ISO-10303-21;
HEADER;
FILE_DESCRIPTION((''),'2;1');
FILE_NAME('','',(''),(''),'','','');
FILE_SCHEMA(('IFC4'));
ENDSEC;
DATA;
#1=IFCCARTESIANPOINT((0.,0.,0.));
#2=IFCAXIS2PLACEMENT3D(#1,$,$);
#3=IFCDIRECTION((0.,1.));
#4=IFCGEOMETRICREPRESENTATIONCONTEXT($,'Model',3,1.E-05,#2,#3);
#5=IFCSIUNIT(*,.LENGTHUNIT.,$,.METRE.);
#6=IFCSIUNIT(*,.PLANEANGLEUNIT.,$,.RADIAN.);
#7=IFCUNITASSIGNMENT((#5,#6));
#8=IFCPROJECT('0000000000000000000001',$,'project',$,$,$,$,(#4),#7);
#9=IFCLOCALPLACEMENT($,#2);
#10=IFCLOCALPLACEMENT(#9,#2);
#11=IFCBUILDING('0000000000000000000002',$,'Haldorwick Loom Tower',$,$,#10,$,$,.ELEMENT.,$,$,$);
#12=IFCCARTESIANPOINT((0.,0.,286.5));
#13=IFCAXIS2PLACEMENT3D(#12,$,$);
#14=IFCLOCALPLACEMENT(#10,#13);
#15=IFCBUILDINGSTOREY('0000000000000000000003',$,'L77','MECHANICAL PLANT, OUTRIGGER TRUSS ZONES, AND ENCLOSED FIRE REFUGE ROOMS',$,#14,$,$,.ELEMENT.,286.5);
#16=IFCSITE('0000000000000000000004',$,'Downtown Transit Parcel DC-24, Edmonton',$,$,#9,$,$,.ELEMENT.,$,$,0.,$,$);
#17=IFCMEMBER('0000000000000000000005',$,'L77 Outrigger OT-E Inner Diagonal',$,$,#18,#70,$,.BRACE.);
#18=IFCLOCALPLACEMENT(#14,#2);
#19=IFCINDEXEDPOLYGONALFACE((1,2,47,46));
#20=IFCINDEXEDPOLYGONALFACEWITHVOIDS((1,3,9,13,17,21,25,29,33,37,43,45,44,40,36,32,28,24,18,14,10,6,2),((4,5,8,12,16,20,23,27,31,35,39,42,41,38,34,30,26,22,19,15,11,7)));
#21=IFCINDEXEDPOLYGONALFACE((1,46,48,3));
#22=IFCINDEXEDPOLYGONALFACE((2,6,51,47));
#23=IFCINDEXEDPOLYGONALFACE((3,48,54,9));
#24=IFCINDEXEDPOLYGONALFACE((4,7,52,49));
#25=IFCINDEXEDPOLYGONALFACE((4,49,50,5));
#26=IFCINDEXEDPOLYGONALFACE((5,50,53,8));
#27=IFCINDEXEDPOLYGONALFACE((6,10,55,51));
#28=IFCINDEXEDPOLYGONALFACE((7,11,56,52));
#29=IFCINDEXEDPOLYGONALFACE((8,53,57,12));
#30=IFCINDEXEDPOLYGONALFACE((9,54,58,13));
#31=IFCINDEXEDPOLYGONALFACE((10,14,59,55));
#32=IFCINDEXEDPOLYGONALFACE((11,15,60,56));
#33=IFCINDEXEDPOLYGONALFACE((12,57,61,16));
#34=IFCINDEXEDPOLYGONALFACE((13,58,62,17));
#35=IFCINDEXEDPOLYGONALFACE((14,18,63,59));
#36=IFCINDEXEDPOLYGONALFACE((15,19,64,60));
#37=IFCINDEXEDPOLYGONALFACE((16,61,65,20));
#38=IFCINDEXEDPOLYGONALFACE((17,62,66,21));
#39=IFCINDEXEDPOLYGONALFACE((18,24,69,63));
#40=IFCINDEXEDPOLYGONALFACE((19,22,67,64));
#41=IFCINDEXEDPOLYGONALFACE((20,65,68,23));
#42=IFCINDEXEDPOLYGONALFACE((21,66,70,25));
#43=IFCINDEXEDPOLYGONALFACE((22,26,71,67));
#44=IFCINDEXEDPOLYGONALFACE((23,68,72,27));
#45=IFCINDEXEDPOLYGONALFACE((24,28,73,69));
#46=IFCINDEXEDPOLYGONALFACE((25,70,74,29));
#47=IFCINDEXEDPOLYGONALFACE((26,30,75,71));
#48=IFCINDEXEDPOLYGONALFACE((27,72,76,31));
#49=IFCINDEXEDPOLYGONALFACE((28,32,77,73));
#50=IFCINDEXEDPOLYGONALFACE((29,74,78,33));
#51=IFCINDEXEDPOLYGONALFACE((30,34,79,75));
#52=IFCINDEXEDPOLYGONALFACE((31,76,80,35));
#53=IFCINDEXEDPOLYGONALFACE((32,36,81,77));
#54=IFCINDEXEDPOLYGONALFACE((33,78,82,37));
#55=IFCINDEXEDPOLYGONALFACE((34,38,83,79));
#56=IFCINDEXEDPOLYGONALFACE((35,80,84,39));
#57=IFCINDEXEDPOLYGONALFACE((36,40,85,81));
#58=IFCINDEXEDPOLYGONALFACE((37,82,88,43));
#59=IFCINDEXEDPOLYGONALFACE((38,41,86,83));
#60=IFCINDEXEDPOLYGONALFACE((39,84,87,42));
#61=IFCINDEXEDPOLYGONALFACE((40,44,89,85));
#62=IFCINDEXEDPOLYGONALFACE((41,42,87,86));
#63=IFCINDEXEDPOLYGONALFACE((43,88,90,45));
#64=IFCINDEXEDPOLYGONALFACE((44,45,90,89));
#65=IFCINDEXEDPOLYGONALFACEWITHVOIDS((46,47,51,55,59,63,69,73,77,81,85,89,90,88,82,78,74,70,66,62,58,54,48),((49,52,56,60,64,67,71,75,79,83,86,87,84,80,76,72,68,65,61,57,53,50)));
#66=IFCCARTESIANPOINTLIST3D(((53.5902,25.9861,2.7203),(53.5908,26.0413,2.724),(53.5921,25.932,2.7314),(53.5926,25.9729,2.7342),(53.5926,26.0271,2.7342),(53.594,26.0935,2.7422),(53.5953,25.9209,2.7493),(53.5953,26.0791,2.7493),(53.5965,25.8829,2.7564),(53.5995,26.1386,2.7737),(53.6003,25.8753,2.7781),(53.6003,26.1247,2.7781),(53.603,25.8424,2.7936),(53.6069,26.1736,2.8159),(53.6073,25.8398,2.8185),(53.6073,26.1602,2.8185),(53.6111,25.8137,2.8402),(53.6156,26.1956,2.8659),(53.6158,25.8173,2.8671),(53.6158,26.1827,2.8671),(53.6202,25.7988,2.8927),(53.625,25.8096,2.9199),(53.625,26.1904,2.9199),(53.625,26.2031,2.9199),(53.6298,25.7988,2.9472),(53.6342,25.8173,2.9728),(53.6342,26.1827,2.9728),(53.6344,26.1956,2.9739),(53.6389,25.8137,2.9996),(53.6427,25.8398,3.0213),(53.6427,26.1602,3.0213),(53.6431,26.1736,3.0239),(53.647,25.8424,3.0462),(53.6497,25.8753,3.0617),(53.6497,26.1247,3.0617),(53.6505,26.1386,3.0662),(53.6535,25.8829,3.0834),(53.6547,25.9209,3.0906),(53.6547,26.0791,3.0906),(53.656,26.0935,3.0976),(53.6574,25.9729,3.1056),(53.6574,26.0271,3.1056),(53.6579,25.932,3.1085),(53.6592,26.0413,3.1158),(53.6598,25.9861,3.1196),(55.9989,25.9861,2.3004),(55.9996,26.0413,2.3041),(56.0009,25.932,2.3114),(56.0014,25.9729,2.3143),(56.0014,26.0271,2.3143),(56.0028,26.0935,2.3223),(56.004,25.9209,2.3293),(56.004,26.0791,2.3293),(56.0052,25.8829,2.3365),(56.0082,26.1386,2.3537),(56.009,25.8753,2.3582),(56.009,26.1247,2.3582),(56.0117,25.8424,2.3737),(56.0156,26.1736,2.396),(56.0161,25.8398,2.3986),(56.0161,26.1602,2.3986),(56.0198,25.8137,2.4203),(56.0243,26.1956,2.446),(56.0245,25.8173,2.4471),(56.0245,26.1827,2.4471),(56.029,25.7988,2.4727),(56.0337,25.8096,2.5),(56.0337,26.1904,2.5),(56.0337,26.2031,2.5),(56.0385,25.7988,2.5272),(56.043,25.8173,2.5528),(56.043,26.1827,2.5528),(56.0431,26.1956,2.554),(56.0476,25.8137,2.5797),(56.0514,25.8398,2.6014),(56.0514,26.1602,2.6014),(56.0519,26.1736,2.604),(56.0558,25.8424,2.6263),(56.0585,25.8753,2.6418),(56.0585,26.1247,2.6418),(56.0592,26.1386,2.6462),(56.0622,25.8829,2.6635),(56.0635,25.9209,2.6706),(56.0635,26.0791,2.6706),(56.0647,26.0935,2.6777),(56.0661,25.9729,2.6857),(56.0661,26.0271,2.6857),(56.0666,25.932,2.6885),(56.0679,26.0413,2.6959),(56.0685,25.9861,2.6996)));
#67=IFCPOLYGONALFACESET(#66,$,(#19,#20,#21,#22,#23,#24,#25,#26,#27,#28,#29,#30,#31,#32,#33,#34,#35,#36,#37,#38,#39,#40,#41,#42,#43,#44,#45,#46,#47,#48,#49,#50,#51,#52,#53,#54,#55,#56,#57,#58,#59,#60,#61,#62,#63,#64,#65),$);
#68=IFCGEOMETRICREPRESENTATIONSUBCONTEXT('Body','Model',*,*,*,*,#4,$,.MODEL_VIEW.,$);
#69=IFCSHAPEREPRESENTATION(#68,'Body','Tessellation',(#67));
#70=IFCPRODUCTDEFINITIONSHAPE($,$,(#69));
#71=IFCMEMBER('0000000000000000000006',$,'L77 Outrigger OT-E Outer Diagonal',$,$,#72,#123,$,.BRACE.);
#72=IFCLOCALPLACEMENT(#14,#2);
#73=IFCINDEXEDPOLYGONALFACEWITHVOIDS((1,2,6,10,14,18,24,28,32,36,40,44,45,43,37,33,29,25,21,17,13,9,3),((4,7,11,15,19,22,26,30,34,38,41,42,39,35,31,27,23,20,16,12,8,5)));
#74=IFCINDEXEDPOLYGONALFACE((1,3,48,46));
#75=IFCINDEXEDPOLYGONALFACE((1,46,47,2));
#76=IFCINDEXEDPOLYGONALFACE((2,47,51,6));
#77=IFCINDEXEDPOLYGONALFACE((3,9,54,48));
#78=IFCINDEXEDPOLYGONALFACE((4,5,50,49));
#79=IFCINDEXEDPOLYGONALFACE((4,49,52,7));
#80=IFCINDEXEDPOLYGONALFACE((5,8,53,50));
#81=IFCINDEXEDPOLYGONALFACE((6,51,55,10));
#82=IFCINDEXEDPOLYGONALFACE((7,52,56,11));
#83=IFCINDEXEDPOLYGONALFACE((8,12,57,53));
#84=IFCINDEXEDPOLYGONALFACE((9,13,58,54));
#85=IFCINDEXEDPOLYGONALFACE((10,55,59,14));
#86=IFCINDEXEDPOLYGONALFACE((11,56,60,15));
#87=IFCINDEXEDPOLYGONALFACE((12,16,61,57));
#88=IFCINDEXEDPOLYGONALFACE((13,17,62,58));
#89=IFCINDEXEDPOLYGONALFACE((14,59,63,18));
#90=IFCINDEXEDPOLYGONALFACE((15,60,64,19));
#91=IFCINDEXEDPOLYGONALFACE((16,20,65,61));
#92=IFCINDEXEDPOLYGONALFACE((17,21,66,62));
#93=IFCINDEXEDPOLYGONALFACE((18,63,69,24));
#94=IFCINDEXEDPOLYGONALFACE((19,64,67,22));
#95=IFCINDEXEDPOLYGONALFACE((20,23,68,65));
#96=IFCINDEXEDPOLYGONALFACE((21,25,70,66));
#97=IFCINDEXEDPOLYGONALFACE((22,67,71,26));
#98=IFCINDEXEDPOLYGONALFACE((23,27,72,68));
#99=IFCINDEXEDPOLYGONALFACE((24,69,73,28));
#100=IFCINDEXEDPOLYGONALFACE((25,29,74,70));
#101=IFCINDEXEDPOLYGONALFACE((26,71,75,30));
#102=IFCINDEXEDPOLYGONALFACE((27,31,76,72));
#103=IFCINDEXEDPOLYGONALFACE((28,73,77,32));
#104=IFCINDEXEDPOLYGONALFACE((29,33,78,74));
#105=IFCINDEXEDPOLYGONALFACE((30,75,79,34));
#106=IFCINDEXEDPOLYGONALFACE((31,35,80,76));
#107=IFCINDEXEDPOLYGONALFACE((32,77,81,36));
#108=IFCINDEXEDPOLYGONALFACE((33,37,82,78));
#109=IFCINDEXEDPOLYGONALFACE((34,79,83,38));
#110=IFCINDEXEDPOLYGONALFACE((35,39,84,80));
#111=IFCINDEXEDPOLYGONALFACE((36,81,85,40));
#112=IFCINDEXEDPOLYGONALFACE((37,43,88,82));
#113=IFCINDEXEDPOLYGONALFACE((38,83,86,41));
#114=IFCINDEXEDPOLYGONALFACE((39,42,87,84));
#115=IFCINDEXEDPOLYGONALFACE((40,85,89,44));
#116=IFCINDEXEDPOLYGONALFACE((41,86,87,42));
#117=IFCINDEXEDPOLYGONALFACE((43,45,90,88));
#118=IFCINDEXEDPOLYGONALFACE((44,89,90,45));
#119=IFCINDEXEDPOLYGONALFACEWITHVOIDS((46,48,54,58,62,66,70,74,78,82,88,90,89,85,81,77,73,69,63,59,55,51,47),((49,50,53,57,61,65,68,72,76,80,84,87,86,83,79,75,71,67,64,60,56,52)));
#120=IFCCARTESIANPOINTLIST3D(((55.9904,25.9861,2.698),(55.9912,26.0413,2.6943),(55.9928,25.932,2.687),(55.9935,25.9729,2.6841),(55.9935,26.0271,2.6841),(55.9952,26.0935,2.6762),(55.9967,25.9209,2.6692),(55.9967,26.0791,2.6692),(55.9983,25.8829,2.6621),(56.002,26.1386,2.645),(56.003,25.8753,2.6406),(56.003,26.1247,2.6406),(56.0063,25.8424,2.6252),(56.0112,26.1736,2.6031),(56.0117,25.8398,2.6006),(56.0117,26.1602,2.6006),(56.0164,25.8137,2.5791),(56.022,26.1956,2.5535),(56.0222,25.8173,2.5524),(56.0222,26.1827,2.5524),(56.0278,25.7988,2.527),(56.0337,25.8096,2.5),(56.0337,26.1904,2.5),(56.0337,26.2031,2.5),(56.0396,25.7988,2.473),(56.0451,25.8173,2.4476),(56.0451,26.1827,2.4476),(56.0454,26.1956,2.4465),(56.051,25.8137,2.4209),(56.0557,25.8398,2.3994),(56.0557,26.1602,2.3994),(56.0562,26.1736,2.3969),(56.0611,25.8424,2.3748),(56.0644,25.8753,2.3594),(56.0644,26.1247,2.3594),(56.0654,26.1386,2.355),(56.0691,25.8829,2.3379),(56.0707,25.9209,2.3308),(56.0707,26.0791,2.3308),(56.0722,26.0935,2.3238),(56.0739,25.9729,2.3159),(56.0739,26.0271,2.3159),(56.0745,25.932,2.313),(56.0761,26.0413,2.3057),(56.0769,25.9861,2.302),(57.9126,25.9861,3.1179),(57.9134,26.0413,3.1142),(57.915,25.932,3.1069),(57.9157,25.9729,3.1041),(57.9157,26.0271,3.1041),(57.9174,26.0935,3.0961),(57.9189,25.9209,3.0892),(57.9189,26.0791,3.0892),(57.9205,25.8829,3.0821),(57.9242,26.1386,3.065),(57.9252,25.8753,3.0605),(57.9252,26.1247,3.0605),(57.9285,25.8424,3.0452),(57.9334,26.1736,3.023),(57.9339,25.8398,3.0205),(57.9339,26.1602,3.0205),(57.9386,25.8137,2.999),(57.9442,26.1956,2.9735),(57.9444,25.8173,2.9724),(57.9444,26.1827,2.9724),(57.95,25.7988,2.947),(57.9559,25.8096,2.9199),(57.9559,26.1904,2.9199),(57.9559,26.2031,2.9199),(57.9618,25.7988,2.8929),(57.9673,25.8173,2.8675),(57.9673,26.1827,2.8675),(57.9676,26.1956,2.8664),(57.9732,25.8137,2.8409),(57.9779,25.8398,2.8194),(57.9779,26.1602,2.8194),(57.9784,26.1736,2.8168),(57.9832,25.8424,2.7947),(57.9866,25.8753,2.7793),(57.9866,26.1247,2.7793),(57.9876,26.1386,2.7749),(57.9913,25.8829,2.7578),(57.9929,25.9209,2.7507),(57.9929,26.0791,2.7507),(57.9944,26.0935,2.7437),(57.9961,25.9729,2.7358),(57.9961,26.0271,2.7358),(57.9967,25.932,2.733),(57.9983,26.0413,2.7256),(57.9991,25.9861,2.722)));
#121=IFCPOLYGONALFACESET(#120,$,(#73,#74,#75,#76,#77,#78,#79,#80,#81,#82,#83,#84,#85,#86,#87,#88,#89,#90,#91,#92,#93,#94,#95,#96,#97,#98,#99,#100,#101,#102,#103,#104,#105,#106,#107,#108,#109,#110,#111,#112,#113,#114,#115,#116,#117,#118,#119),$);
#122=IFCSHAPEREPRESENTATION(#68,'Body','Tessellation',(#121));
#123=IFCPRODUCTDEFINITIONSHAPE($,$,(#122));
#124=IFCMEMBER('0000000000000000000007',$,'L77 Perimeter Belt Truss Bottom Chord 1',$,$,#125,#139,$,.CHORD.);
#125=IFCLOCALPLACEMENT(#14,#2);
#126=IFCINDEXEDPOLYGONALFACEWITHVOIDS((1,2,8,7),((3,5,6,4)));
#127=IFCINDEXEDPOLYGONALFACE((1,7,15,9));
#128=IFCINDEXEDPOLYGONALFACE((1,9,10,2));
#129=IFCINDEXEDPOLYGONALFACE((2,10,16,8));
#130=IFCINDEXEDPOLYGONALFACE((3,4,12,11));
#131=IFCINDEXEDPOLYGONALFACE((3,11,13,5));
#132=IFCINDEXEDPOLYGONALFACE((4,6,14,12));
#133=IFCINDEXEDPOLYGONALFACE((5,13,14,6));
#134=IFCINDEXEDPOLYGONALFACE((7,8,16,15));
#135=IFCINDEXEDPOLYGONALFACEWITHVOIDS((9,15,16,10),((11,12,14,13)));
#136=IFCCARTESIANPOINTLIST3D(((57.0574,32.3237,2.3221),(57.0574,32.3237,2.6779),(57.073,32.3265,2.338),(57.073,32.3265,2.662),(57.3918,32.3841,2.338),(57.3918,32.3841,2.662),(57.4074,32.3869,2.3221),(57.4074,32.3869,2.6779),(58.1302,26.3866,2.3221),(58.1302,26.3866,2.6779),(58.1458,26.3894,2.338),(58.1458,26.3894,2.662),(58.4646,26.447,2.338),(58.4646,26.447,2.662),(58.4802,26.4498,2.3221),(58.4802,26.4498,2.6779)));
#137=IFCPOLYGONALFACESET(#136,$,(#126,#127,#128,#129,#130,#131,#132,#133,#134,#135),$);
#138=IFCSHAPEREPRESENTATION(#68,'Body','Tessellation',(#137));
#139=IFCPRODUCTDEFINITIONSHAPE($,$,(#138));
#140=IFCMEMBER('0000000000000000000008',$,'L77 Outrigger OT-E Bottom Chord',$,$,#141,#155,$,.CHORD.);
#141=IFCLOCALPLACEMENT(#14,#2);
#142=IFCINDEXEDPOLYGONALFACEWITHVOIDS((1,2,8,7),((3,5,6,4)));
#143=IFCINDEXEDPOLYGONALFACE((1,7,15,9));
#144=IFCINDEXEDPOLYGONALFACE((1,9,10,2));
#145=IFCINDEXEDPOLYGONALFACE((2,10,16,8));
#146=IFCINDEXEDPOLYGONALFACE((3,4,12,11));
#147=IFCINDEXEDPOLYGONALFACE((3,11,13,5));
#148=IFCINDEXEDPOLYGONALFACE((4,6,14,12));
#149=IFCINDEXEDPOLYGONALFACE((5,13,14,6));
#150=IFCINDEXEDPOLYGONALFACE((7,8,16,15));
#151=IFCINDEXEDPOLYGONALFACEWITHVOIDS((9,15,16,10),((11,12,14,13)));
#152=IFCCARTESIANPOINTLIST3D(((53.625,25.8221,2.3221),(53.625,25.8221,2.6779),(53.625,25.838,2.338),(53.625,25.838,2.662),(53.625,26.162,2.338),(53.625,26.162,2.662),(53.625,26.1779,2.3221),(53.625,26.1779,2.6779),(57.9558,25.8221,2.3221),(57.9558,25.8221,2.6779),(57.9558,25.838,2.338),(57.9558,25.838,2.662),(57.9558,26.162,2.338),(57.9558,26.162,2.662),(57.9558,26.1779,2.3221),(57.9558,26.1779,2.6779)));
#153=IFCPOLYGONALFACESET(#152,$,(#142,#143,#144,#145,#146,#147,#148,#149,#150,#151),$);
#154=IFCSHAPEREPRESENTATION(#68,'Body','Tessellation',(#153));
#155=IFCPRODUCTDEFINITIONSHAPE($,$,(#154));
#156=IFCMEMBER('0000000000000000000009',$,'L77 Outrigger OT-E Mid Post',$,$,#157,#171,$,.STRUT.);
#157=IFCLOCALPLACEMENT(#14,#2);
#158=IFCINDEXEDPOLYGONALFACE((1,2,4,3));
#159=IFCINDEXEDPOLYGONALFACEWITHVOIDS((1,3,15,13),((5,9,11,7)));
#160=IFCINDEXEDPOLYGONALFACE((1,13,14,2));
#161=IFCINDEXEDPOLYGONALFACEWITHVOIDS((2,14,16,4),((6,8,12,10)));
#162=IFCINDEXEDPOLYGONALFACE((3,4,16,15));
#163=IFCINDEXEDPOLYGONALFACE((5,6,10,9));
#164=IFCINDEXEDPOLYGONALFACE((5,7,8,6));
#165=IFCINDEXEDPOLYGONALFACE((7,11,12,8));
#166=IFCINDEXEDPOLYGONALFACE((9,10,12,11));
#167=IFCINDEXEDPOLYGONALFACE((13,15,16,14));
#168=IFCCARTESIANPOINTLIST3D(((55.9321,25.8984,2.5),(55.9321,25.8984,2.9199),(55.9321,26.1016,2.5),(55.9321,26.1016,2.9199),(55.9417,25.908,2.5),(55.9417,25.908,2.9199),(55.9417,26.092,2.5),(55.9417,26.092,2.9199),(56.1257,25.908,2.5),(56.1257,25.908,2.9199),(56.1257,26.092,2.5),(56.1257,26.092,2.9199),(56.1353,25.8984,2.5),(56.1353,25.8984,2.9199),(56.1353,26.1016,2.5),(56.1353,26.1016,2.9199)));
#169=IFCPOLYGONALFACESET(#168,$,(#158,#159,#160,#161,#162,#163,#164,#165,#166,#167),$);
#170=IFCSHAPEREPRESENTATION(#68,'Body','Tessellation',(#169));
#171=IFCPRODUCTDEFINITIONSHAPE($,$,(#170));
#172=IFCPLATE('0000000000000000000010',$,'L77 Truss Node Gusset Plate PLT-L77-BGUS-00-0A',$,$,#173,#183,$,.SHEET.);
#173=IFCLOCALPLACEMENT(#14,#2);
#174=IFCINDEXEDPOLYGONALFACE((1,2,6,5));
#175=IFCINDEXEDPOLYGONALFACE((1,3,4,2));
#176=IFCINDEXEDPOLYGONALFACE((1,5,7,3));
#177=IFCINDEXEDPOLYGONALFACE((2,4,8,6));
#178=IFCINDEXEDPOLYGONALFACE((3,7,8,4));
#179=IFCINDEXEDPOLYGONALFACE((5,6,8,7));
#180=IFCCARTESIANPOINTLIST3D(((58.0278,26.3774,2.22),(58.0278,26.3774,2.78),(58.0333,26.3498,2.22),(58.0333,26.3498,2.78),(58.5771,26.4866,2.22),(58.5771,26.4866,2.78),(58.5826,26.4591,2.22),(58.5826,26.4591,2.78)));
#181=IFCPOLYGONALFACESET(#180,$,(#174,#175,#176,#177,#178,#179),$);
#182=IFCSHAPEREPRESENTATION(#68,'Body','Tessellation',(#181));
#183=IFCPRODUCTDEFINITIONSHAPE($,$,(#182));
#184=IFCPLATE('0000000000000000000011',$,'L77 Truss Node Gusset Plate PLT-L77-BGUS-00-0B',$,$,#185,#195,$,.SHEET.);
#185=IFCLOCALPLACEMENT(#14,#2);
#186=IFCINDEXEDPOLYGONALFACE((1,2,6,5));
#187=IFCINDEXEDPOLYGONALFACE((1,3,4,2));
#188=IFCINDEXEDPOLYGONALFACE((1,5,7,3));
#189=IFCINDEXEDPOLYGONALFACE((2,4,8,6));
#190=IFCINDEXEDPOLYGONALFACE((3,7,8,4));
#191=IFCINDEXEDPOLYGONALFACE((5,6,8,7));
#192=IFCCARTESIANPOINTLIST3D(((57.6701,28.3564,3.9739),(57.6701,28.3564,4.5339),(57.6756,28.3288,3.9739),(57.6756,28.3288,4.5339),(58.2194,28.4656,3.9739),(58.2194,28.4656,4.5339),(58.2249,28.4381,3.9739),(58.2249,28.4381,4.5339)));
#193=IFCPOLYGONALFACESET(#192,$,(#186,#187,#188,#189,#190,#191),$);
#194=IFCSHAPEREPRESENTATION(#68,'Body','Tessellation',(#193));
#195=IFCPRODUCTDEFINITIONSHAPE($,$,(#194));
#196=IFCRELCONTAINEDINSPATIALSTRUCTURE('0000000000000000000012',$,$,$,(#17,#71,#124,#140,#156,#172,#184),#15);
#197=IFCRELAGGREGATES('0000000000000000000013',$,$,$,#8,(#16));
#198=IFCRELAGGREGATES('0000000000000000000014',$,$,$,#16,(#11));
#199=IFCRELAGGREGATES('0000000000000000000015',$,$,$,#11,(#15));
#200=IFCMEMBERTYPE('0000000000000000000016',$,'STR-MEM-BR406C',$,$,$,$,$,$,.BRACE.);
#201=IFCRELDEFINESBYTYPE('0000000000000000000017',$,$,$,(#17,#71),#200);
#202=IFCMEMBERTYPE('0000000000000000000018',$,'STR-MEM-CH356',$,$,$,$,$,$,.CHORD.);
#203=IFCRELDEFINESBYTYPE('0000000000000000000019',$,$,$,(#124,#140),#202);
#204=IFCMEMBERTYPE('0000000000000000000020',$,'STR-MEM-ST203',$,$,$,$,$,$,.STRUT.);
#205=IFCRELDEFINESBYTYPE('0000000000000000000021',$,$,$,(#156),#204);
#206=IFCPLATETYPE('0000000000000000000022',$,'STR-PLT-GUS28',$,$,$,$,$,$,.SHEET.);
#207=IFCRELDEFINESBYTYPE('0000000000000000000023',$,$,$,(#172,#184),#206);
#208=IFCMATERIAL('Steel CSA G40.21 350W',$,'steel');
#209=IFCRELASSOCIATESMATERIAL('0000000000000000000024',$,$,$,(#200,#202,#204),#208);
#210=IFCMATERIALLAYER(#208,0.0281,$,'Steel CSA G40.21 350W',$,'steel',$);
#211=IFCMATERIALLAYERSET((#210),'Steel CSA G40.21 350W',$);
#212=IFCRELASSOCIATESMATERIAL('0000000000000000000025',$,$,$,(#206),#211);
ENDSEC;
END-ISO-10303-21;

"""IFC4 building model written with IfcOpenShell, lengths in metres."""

from ifc_helpers import new_model, si_unit, direction, frame, origin, origin_2d, place, context, subcontext, project, spatial, rectangle, hollow_rectangle, hollow_circle, extrude, material, layer, layer_set, material_profile, profile_set, type_object, element, save


model = new_model("IFC4")

# Units and contexts
model_context = context("Model", 3, precision=1e-05, world=origin(), true_north=direction((0.0, 1.0)))
body_context = subcontext(model_context, "Body", "Model", "MODEL_VIEW")
ifc_project = project(units=[si_unit("LENGTHUNIT", "METRE"), si_unit("PLANEANGLEUNIT", "RADIAN")], contexts=[model_context])

# Site, building, storey
site_placement = place(None, origin())
site = spatial("IfcSite", under=ifc_project, at=site_placement, Name="Downtown Transit Parcel DC-24, Edmonton", CompositionType="ELEMENT", RefElevation=0.0)
building_placement = place(site_placement, origin())
building = spatial("IfcBuilding", under=site, at=building_placement, Name="Haldorwick Loom Tower", CompositionType="ELEMENT")
storey_placement = place(building_placement, frame((0.0, 0.0, 286.5)))
storey = spatial("IfcBuildingStorey", under=building, at=storey_placement, Name="L77", Description="MECHANICAL PLANT, OUTRIGGER TRUSS ZONES, AND ENCLOSED FIRE REFUGE ROOMS", CompositionType="ELEMENT", Elevation=286.5)

# Shared definitions
ifc_material_1 = material(Name="Steel CSA G40.21 350W", Category="steel")

# Members
ifc_material_profile_1 = material_profile(ifc_material_1, hollow_circle(Radius=0.2031, WallThickness=0.0127, at=origin_2d()), Name="HSS406X13", Category="steel")
ifc_profile_set_1 = profile_set([ifc_material_profile_1], Name="Steel CSA G40.21 350W")
member_type_1 = type_object("IfcMemberType", Name="STR-MEM-BR406C", PredefinedType="BRACE", material=ifc_profile_set_1)
member_1_placement = place(storey_placement, frame((53.625, 26.0, 2.9199), z_axis=(0.985141, 0.0, -0.171746), x_axis=(0.0, 1.0, 0.0)))
element("IfcMember", 1, at=member_1_placement, inside=storey, type_object=member_type_1, Name="L77 Outrigger OT-E Inner Diagonal", PredefinedType="BRACE", context=body_context, shape_type="SweptSolid", body=[
    extrude(hollow_circle(Radius=0.2031, WallThickness=0.0127, at=origin_2d()), origin(), (0.0, 0.0, 1.0), 2.4451),
])
member_2_placement = place(storey_placement, frame((56.0337, 26.0, 2.5), z_axis=(0.976957, 0.0, 0.213434), x_axis=(0.0, 1.0, 0.0)))
element("IfcMember", 2, at=member_2_placement, inside=storey, type_object=member_type_1, Name="L77 Outrigger OT-E Outer Diagonal", PredefinedType="BRACE", context=body_context, shape_type="SweptSolid", body=[
    extrude(hollow_circle(Radius=0.2031, WallThickness=0.0127, at=origin_2d()), origin(), (0.0, 0.0, 1.0), 1.9675),
])
ifc_material_profile_2 = material_profile(ifc_material_1, hollow_rectangle(XDim=0.3557, YDim=0.3557, WallThickness=0.0159, at=origin_2d()), Name="HSS356X356X16", Category="steel")
ifc_profile_set_2 = profile_set([ifc_material_profile_2], Name="Steel CSA G40.21 350W")
member_type_2 = type_object("IfcMemberType", Name="STR-MEM-CH356", PredefinedType="CHORD", material=ifc_profile_set_2)
member_3_placement = place(storey_placement, frame((58.3052, 26.4182, 2.5), z_axis=(-0.17781, 0.984065, 0.0), x_axis=(-0.984065, -0.17781, 0.0)))
element("IfcMember", 3, at=member_3_placement, inside=storey, type_object=member_type_2, Name="L77 Perimeter Belt Truss Bottom Chord 1", PredefinedType="CHORD", context=body_context, shape_type="SweptSolid", body=[
    extrude(hollow_rectangle(XDim=0.3557, YDim=0.3557, WallThickness=0.0159, at=origin_2d()), origin(), (0.0, 0.0, 1.0), 6.0332),
])
member_4_placement = place(storey_placement, frame((53.625, 26.0, 2.5), z_axis=(1.0, 0.0, 0.0), x_axis=(0.0, 1.0, 0.0)))
element("IfcMember", 4, at=member_4_placement, inside=storey, type_object=member_type_2, Name="L77 Outrigger OT-E Bottom Chord", PredefinedType="CHORD", context=body_context, shape_type="SweptSolid", body=[
    extrude(hollow_rectangle(XDim=0.3557, YDim=0.3557, WallThickness=0.0159, at=origin_2d()), origin(), (0.0, 0.0, 1.0), 4.3308),
])
ifc_material_profile_3 = material_profile(ifc_material_1, hollow_rectangle(XDim=0.2031, YDim=0.2031, WallThickness=0.0095, at=origin_2d()), Name="HSS203X203X10", Category="steel")
ifc_profile_set_3 = profile_set([ifc_material_profile_3], Name="Steel CSA G40.21 350W")
member_type_3 = type_object("IfcMemberType", Name="STR-MEM-ST203", PredefinedType="STRUT", material=ifc_profile_set_3)
member_5_placement = place(storey_placement, frame((56.0337, 26.0, 2.5), z_axis=(0.0, 0.0, 1.0), x_axis=(1.0, 0.0, 0.0)))
element("IfcMember", 5, at=member_5_placement, inside=storey, type_object=member_type_3, Name="L77 Outrigger OT-E Mid Post", PredefinedType="STRUT", context=body_context, shape_type="SweptSolid", body=[
    extrude(hollow_rectangle(XDim=0.2031, YDim=0.2031, WallThickness=0.0095, at=origin_2d()), origin(), (0.0, 0.0, 1.0), 0.4199),
])

# Plates
ifc_layer_1 = layer(ifc_material_1, 0.0281, Name="Steel CSA G40.21 350W", Category="steel")
ifc_layer_set_1 = layer_set([ifc_layer_1], Name="Steel CSA G40.21 350W")
plate_type = type_object("IfcPlateType", Name="STR-PLT-GUS28", PredefinedType="SHEET", material=ifc_layer_set_1)
for number, where, z_axis, x_axis, name in (
    (6, (58.3052, 26.4182, 2.22), (0.0, 0.0, 1.0), (0.980785, 0.19509, 0.0), "L77 Truss Node Gusset Plate PLT-L77-BGUS-00-0A"),
    (7, (57.9475, 28.3972, 3.9739), (0.0, 0.0, 1.0), (0.980785, 0.19509, 0.0), "L77 Truss Node Gusset Plate PLT-L77-BGUS-00-0B"),
):
    element("IfcPlate", number, at=place(storey_placement, frame(where, z_axis=z_axis, x_axis=x_axis)), inside=storey, type_object=plate_type, Name=name, PredefinedType="SHEET", context=body_context, shape_type="SweptSolid", body=[
        extrude(rectangle(XDim=0.5601, YDim=0.0281, at=origin_2d()), origin(), (0.0, 0.0, 1.0), 0.5601),
    ])

save(model, "model.ifc")
